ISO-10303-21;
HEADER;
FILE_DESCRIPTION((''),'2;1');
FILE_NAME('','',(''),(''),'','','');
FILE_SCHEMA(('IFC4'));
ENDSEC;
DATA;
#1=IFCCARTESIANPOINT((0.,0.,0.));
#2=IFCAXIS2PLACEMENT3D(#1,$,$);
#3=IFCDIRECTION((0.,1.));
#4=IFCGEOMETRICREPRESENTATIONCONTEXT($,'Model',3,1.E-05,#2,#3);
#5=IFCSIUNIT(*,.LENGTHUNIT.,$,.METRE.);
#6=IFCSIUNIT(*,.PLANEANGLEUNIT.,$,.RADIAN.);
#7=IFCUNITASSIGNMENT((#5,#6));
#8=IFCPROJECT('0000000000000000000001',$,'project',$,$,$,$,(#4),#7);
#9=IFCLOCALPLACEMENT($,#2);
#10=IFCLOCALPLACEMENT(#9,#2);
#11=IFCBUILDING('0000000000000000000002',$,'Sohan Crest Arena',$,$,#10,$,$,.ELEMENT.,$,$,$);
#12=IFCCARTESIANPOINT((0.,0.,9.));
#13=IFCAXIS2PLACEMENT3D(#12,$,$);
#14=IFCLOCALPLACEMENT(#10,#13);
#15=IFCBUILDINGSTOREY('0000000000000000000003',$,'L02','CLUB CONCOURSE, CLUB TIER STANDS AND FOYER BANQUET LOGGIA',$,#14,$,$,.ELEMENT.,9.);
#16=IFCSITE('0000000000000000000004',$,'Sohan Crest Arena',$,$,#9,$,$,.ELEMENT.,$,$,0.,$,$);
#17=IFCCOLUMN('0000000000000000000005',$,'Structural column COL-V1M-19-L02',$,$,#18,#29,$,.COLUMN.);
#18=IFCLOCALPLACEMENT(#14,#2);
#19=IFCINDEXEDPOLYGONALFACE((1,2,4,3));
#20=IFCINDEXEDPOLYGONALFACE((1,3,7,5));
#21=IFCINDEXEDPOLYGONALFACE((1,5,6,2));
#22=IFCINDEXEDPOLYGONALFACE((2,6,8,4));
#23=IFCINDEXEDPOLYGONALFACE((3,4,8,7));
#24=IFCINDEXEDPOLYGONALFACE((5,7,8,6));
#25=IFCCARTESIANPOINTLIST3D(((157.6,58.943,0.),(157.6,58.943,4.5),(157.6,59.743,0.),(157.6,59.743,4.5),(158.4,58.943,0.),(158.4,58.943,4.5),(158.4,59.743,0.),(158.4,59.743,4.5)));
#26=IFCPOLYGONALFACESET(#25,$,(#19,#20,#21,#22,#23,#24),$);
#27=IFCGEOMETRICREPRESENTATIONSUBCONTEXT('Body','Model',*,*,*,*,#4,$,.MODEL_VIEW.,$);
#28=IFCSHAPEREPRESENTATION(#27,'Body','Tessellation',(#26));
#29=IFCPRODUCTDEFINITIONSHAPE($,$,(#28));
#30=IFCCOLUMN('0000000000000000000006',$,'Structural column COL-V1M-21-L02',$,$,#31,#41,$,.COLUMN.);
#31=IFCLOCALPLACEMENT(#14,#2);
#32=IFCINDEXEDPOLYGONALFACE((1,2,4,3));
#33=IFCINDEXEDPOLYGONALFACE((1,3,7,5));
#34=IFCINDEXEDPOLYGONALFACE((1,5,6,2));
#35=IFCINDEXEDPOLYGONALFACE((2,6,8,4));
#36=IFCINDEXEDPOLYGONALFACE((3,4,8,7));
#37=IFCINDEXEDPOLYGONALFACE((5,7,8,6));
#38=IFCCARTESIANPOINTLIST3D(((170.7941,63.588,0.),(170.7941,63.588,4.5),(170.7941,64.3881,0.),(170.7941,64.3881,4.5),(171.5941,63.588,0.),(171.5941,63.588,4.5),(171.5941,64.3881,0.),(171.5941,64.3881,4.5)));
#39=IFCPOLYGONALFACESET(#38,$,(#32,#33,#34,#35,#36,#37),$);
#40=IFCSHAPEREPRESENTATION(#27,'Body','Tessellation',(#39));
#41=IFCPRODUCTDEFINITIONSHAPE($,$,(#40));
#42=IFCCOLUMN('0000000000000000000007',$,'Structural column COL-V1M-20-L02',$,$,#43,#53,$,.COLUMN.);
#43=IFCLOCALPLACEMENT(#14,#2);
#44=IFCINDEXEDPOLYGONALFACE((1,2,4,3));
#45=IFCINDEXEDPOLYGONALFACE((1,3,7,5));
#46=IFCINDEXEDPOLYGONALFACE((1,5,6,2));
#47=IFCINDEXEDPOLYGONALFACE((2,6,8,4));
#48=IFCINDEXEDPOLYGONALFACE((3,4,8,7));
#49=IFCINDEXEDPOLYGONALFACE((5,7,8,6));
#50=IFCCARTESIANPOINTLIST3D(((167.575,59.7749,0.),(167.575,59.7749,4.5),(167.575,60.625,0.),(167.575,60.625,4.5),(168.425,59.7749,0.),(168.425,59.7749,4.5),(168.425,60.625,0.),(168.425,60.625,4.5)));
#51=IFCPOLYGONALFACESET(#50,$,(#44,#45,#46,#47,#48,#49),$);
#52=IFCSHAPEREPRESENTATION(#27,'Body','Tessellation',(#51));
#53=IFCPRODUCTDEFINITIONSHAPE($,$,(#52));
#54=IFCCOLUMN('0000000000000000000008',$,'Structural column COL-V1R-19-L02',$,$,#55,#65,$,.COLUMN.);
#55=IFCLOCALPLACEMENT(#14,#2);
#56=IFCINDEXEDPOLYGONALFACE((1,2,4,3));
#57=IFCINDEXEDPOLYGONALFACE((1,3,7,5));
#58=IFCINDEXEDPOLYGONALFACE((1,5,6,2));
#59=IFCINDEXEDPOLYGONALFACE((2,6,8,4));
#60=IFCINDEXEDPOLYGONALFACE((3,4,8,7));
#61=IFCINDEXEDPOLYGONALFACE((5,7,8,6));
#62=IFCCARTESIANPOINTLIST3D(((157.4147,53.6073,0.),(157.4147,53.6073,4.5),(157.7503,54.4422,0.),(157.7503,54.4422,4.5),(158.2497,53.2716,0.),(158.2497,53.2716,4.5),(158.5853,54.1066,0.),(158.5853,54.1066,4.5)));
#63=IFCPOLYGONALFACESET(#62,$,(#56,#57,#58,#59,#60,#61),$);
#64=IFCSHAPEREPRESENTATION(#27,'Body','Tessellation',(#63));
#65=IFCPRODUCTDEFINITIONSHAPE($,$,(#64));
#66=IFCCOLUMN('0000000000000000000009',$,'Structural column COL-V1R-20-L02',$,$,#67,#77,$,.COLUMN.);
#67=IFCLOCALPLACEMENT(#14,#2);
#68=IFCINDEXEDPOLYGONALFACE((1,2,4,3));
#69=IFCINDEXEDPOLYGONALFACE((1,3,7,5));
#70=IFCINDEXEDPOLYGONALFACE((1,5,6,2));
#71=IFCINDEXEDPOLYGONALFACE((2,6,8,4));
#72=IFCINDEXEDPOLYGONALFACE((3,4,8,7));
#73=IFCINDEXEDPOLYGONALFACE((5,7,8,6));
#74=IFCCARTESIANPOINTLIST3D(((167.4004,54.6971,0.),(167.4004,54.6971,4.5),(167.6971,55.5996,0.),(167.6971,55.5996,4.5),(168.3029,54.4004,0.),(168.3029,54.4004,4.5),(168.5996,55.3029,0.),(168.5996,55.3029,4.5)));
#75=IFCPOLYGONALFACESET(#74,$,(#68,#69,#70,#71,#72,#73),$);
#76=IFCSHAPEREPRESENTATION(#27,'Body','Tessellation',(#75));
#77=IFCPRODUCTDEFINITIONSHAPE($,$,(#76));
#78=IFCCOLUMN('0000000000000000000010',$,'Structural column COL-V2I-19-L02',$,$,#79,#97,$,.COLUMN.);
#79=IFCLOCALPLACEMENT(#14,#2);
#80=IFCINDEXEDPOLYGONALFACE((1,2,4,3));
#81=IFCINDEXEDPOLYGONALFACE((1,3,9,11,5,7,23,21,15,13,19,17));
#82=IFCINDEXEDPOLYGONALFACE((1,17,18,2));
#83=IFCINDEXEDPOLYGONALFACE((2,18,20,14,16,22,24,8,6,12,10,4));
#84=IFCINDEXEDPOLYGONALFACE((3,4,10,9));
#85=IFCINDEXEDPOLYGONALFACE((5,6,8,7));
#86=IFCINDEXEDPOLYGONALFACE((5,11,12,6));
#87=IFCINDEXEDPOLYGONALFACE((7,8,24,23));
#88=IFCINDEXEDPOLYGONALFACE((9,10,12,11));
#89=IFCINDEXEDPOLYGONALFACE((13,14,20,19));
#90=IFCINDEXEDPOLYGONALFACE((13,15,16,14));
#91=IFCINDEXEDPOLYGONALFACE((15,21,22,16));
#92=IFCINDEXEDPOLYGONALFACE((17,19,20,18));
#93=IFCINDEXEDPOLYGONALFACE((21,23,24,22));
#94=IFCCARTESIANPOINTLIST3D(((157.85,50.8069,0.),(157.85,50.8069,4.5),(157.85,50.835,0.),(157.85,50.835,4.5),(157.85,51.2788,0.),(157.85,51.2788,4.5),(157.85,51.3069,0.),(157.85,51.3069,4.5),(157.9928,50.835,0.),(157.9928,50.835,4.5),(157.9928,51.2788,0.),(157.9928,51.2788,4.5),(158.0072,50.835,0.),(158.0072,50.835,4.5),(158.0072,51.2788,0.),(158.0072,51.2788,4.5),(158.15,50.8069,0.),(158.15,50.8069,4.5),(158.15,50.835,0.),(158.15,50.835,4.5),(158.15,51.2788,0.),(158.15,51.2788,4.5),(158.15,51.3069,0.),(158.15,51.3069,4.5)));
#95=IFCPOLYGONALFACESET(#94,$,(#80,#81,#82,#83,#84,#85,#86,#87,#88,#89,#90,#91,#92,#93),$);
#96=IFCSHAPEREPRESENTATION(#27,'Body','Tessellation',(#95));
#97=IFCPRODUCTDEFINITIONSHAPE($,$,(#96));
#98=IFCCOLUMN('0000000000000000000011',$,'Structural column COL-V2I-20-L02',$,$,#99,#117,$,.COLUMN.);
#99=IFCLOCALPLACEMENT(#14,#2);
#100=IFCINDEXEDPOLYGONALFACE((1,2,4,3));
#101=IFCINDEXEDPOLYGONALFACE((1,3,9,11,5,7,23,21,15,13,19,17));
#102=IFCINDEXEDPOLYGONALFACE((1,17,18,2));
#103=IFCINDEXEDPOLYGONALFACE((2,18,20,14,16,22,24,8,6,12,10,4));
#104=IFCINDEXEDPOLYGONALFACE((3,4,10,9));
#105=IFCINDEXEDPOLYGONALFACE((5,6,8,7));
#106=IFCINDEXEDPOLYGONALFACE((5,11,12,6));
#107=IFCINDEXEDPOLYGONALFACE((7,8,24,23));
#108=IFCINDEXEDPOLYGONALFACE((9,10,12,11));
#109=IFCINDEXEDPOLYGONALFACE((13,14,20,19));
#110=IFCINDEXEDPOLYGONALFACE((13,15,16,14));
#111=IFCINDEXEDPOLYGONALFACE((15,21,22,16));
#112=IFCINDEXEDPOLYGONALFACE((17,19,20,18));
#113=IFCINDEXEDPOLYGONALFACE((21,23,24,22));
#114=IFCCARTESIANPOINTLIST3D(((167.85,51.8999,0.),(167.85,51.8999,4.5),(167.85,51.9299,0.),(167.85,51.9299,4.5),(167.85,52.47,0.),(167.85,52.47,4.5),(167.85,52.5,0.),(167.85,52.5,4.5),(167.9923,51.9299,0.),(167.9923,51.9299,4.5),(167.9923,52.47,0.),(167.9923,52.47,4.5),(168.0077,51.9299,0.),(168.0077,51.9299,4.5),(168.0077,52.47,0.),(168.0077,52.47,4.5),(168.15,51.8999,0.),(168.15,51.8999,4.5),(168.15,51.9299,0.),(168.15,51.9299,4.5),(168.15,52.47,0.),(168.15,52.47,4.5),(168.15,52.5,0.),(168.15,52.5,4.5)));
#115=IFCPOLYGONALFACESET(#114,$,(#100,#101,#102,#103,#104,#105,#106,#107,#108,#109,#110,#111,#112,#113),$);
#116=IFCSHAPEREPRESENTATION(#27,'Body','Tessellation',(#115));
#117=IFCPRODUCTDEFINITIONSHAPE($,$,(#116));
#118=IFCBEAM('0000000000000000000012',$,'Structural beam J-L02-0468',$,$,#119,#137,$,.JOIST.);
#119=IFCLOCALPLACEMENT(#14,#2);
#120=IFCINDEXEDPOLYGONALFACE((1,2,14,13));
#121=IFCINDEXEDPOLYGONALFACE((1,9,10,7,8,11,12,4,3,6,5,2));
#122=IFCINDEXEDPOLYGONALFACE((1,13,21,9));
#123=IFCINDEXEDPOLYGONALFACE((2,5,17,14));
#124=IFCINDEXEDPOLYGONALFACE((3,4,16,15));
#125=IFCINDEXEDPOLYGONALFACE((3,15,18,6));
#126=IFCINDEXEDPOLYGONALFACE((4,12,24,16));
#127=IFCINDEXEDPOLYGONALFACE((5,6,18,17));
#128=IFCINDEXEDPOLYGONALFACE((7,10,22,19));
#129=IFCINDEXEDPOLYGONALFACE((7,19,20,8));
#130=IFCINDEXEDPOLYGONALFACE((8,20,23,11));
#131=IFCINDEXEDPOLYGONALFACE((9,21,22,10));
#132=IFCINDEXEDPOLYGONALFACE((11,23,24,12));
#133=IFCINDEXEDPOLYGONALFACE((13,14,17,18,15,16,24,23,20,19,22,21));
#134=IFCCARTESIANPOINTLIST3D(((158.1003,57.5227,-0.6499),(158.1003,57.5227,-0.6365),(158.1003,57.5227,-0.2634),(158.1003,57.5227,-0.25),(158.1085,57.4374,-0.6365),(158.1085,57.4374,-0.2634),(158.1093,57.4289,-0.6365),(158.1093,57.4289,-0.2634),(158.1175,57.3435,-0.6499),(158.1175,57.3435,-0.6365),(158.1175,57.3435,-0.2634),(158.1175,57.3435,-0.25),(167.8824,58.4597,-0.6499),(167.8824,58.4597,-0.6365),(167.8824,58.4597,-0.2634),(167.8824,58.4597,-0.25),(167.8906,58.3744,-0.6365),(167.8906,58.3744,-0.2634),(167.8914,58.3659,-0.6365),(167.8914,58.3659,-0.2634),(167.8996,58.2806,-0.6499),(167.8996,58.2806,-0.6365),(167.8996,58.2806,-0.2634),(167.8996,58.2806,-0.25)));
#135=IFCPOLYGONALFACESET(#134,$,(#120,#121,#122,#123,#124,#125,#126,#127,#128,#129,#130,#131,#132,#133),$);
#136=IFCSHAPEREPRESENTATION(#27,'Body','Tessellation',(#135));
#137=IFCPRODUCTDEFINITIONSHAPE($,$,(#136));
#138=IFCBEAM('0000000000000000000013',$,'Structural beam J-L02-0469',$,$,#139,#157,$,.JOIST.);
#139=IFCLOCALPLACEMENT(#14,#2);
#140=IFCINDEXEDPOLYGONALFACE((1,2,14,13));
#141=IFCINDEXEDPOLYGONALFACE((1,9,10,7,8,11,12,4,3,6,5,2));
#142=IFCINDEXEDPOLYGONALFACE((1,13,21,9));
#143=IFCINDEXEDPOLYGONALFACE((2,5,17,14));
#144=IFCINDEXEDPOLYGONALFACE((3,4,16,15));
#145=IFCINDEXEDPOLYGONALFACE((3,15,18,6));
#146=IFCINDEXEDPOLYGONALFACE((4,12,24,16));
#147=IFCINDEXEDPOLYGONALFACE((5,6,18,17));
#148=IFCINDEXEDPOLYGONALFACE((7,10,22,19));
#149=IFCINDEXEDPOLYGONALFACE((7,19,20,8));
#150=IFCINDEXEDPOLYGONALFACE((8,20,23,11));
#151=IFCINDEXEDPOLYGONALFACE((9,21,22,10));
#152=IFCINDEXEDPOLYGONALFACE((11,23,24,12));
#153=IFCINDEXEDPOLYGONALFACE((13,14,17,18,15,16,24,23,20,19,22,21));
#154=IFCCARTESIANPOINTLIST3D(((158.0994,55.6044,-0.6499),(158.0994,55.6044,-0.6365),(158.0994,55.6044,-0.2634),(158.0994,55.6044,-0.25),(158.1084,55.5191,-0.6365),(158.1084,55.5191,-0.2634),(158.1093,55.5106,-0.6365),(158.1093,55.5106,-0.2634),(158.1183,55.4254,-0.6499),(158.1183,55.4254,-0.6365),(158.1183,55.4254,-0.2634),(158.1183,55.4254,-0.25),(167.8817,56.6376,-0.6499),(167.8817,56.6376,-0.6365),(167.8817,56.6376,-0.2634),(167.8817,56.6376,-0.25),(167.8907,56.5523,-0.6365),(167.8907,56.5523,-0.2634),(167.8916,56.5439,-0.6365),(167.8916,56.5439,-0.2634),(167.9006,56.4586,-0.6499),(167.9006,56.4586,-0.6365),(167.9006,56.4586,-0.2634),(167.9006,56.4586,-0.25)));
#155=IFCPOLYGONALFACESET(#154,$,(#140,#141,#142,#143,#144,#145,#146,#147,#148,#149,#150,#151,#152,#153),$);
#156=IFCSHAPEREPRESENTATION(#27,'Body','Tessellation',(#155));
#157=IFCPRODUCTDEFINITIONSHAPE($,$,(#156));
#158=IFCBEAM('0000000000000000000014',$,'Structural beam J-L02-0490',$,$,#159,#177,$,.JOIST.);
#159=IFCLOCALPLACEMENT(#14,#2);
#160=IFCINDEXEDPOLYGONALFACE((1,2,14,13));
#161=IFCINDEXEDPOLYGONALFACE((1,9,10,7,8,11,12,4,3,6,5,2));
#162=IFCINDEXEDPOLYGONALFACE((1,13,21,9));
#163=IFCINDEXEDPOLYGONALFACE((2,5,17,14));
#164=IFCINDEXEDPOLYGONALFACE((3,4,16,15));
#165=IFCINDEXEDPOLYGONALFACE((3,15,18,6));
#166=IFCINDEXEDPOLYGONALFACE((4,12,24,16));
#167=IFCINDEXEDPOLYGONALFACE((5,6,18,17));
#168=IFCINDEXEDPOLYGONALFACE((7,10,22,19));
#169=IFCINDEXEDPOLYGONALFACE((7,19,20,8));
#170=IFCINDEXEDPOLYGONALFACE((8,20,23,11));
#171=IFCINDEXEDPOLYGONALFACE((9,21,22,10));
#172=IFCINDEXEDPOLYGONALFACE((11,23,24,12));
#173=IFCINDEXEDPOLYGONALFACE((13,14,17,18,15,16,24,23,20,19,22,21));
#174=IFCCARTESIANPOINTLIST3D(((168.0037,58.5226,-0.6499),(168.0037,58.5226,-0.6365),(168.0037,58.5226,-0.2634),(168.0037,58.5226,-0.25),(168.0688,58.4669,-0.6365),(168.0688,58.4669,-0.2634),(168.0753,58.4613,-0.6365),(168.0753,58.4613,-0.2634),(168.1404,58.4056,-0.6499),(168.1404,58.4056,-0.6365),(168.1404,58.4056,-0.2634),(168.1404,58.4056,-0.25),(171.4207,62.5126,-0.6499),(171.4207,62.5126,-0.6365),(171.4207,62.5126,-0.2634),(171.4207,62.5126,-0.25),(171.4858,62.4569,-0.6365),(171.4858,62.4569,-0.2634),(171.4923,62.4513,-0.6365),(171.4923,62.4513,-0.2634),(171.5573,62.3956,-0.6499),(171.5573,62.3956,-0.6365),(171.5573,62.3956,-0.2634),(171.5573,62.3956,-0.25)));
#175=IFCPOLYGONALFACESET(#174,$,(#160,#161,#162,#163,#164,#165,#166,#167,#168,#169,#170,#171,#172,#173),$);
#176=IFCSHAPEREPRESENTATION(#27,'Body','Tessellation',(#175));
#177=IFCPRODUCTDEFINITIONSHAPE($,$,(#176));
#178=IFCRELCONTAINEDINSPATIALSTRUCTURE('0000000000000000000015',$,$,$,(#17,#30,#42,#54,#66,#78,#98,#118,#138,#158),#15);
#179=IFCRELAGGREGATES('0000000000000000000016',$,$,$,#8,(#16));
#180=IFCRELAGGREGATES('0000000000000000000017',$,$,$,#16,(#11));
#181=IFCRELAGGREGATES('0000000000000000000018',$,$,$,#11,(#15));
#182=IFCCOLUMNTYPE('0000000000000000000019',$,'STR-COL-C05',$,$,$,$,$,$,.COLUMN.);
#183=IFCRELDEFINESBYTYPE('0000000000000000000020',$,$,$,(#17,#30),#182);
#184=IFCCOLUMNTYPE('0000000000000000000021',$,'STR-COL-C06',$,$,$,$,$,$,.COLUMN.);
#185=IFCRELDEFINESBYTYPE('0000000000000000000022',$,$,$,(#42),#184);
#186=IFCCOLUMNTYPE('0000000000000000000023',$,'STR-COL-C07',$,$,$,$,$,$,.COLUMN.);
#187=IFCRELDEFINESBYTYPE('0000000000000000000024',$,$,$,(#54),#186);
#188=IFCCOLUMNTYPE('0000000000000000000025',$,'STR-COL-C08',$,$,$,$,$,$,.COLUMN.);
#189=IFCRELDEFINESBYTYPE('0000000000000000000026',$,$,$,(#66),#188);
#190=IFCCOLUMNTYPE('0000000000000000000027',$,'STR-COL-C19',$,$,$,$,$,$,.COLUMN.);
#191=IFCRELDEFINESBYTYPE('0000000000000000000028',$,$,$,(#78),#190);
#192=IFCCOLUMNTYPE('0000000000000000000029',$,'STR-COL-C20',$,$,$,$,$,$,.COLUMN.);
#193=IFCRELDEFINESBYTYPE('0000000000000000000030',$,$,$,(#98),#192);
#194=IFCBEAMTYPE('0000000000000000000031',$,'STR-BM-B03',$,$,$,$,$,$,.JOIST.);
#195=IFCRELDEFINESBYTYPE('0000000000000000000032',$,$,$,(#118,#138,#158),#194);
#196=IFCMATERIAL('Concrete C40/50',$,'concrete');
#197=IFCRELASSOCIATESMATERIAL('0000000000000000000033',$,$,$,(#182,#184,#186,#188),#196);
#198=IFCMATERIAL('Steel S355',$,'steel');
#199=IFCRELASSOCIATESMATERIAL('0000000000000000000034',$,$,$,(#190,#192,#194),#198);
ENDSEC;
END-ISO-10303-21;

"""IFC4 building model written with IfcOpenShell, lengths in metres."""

from ifc_helpers import new_model, si_unit, direction, frame, origin, origin_2d, place, context, subcontext, project, spatial, rectangle, i_section, extrude, material, material_profile, profile_set, type_object, element, save


model = new_model("IFC4")

# Units and contexts
model_context = context("Model", 3, precision=1e-05, world=origin(), true_north=direction((0.0, 1.0)))
body_context = subcontext(model_context, "Body", "Model", "MODEL_VIEW")
ifc_project = project(units=[si_unit("LENGTHUNIT", "METRE"), si_unit("PLANEANGLEUNIT", "RADIAN")], contexts=[model_context])

# Site, building, storey
site_placement = place(None, origin())
site = spatial("IfcSite", under=ifc_project, at=site_placement, Name="Sohan Crest Arena", CompositionType="ELEMENT", RefElevation=0.0)
building_placement = place(site_placement, origin())
building = spatial("IfcBuilding", under=site, at=building_placement, Name="Sohan Crest Arena", CompositionType="ELEMENT")
storey_placement = place(building_placement, frame((0.0, 0.0, 9.0)))
storey = spatial("IfcBuildingStorey", under=building, at=storey_placement, Name="L02", Description="CLUB CONCOURSE, CLUB TIER STANDS AND FOYER BANQUET LOGGIA", CompositionType="ELEMENT", Elevation=9.0)

# Columns
ifc_material_1 = material(Name="Concrete C40/50", Category="concrete")
ifc_material_profile_1 = material_profile(ifc_material_1, rectangle(XDim=0.8, YDim=0.8, at=origin_2d()), Name="RC 800x800")
ifc_profile_set_1 = profile_set([ifc_material_profile_1], Name="Concrete C40/50")
column_type_1 = type_object("IfcColumnType", Name="STR-COL-C05", PredefinedType="COLUMN", material=ifc_profile_set_1)
for number, where, z_axis, x_axis, name in (
    (1, (158.0, 59.343, 0.0), (0.0, 0.0, 1.0), (1.0, 0.0, 0.0), "Structural column COL-V1M-19-L02"),
    (2, (171.1941, 63.988, 0.0), (0.0, 0.0, 1.0), (1.0, 0.0, 0.0), "Structural column COL-V1M-21-L02"),
):
    element("IfcColumn", number, at=place(storey_placement, frame(where, z_axis=z_axis, x_axis=x_axis)), inside=storey, type_object=column_type_1, Name=name, PredefinedType="COLUMN", context=body_context, shape_type="SweptSolid", body=[
        extrude(rectangle(XDim=0.8, YDim=0.8, at=origin_2d()), origin(), (0.0, 0.0, 1.0), 4.5),
    ])
ifc_material_profile_2 = material_profile(ifc_material_1, rectangle(XDim=0.8501, YDim=0.8501, at=origin_2d()), Name="RC 850x850")
ifc_profile_set_2 = profile_set([ifc_material_profile_2], Name="Concrete C40/50")
column_type_2 = type_object("IfcColumnType", Name="STR-COL-C06", PredefinedType="COLUMN", material=ifc_profile_set_2)
column_1_placement = place(storey_placement, frame((168.0, 60.2, 0.0), z_axis=(0.0, 0.0, 1.0), x_axis=(1.0, 0.0, 0.0)))
element("IfcColumn", 3, at=column_1_placement, inside=storey, type_object=column_type_2, Name="Structural column COL-V1M-20-L02", PredefinedType="COLUMN", context=body_context, shape_type="SweptSolid", body=[
    extrude(rectangle(XDim=0.8501, YDim=0.8501, at=origin_2d()), origin(), (0.0, 0.0, 1.0), 4.5),
])
ifc_material_profile_3 = material_profile(ifc_material_1, rectangle(XDim=0.8999, YDim=0.8999, at=origin_2d()), Name="RC 900x900")
ifc_profile_set_3 = profile_set([ifc_material_profile_3], Name="Concrete C40/50")
column_type_3 = type_object("IfcColumnType", Name="STR-COL-C07", PredefinedType="COLUMN", material=ifc_profile_set_3)
column_2_placement = place(storey_placement, frame((158.0, 53.8569, 0.0), z_axis=(0.0, 0.0, 1.0), x_axis=(-0.927836, 0.372988, 0.0)))
element("IfcColumn", 4, at=column_2_placement, inside=storey, type_object=column_type_3, Name="Structural column COL-V1R-19-L02", PredefinedType="COLUMN", context=body_context, shape_type="SweptSolid", body=[
    extrude(rectangle(XDim=0.8999, YDim=0.8999, at=origin_2d()), origin(), (0.0, 0.0, 1.0), 4.5),
])
ifc_material_profile_4 = material_profile(ifc_material_1, rectangle(XDim=0.95, YDim=0.95, at=origin_2d()), Name="RC 950x950")
ifc_profile_set_4 = profile_set([ifc_material_profile_4], Name="Concrete C40/50")
column_type_4 = type_object("IfcColumnType", Name="STR-COL-C08", PredefinedType="COLUMN", material=ifc_profile_set_4)
column_3_placement = place(storey_placement, frame((168.0, 55.0, 0.0), z_axis=(0.0, 0.0, 1.0), x_axis=(-0.949972, 0.312335, 0.0)))
element("IfcColumn", 5, at=column_3_placement, inside=storey, type_object=column_type_4, Name="Structural column COL-V1R-20-L02", PredefinedType="COLUMN", context=body_context, shape_type="SweptSolid", body=[
    extrude(rectangle(XDim=0.95, YDim=0.95, at=origin_2d()), origin(), (0.0, 0.0, 1.0), 4.5),
])
ifc_material_2 = material(Name="Steel S355", Category="steel")
ifc_material_profile_5 = material_profile(ifc_material_2, i_section(OverallWidth=0.3, OverallDepth=0.5, WebThickness=0.0144, FlangeThickness=0.0281, at=origin_2d()), Name="HEB 500")
ifc_profile_set_5 = profile_set([ifc_material_profile_5], Name="Steel S355")
column_type_5 = type_object("IfcColumnType", Name="STR-COL-C19", PredefinedType="COLUMN", material=ifc_profile_set_5)
column_4_placement = place(storey_placement, frame((158.0, 51.0569, 0.0), z_axis=(0.0, 0.0, 1.0), x_axis=(1.0, 0.0, 0.0)))
element("IfcColumn", 6, at=column_4_placement, inside=storey, type_object=column_type_5, Name="Structural column COL-V2I-19-L02", PredefinedType="COLUMN", context=body_context, shape_type="SweptSolid", body=[
    extrude(i_section(OverallWidth=0.3, OverallDepth=0.5, WebThickness=0.0144, FlangeThickness=0.0281, at=origin_2d()), origin(), (0.0, 0.0, 1.0), 4.5),
])
ifc_material_profile_6 = material_profile(ifc_material_2, i_section(OverallWidth=0.3, OverallDepth=0.6001, WebThickness=0.0154, FlangeThickness=0.03, at=origin_2d()), Name="HEB 600")
ifc_profile_set_6 = profile_set([ifc_material_profile_6], Name="Steel S355")
column_type_6 = type_object("IfcColumnType", Name="STR-COL-C20", PredefinedType="COLUMN", material=ifc_profile_set_6)
column_5_placement = place(storey_placement, frame((168.0, 52.2, 0.0), z_axis=(0.0, 0.0, 1.0), x_axis=(1.0, 0.0, 0.0)))
element("IfcColumn", 7, at=column_5_placement, inside=storey, type_object=column_type_6, Name="Structural column COL-V2I-20-L02", PredefinedType="COLUMN", context=body_context, shape_type="SweptSolid", body=[
    extrude(i_section(OverallWidth=0.3, OverallDepth=0.6001, WebThickness=0.0154, FlangeThickness=0.03, at=origin_2d()), origin(), (0.0, 0.0, 1.0), 4.5),
])

# Beams
ifc_material_profile_7 = material_profile(ifc_material_2, i_section(OverallWidth=0.1799, OverallDepth=0.3999, WebThickness=0.0085, FlangeThickness=0.0134, at=origin_2d()), Name="IPE 400")
ifc_profile_set_7 = profile_set([ifc_material_profile_7], Name="Steel S355")
beam_type_1 = type_object("IfcBeamType", Name="STR-BM-B03", PredefinedType="JOIST", material=ifc_profile_set_7)
beam_1_placement = place(storey_placement, frame((158.1089, 57.4331, -0.45), z_axis=(0.995444, 0.095351, 0.0), x_axis=(-0.095351, 0.995444, 0.0)))
element("IfcBeam", 8, at=beam_1_placement, inside=storey, type_object=beam_type_1, Name="Structural beam J-L02-0468", PredefinedType="JOIST", context=body_context, shape_type="SweptSolid", body=[
    extrude(i_section(OverallWidth=0.1799, OverallDepth=0.3999, WebThickness=0.0085, FlangeThickness=0.0134, at=origin_2d()), origin(), (0.0, 0.0, 1.0), 9.8269),
])
beam_2_placement = place(storey_placement, frame((158.1089, 55.5149, -0.45), z_axis=(0.994468, 0.105036, 0.0), x_axis=(-0.105036, 0.994468, 0.0)))
element("IfcBeam", 9, at=beam_2_placement, inside=storey, type_object=beam_type_1, Name="Structural beam J-L02-0469", PredefinedType="JOIST", context=body_context, shape_type="SweptSolid", body=[
    extrude(i_section(OverallWidth=0.1799, OverallDepth=0.3999, WebThickness=0.0085, FlangeThickness=0.0134, at=origin_2d()), origin(), (0.0, 0.0, 1.0), 9.8367),
])
beam_3_placement = place(storey_placement, frame((168.072, 58.4641, -0.45), z_axis=(0.650462, 0.759539, 0.0), x_axis=(-0.759539, 0.650462, 0.0)))
element("IfcBeam", 10, at=beam_3_placement, inside=storey, type_object=beam_type_1, Name="Structural beam J-L02-0490", PredefinedType="JOIST", context=body_context, shape_type="SweptSolid", body=[
    extrude(i_section(OverallWidth=0.1799, OverallDepth=0.3999, WebThickness=0.0085, FlangeThickness=0.0134, at=origin_2d()), origin(), (0.0, 0.0, 1.0), 5.2532),
])

save(model, "model.ifc")
